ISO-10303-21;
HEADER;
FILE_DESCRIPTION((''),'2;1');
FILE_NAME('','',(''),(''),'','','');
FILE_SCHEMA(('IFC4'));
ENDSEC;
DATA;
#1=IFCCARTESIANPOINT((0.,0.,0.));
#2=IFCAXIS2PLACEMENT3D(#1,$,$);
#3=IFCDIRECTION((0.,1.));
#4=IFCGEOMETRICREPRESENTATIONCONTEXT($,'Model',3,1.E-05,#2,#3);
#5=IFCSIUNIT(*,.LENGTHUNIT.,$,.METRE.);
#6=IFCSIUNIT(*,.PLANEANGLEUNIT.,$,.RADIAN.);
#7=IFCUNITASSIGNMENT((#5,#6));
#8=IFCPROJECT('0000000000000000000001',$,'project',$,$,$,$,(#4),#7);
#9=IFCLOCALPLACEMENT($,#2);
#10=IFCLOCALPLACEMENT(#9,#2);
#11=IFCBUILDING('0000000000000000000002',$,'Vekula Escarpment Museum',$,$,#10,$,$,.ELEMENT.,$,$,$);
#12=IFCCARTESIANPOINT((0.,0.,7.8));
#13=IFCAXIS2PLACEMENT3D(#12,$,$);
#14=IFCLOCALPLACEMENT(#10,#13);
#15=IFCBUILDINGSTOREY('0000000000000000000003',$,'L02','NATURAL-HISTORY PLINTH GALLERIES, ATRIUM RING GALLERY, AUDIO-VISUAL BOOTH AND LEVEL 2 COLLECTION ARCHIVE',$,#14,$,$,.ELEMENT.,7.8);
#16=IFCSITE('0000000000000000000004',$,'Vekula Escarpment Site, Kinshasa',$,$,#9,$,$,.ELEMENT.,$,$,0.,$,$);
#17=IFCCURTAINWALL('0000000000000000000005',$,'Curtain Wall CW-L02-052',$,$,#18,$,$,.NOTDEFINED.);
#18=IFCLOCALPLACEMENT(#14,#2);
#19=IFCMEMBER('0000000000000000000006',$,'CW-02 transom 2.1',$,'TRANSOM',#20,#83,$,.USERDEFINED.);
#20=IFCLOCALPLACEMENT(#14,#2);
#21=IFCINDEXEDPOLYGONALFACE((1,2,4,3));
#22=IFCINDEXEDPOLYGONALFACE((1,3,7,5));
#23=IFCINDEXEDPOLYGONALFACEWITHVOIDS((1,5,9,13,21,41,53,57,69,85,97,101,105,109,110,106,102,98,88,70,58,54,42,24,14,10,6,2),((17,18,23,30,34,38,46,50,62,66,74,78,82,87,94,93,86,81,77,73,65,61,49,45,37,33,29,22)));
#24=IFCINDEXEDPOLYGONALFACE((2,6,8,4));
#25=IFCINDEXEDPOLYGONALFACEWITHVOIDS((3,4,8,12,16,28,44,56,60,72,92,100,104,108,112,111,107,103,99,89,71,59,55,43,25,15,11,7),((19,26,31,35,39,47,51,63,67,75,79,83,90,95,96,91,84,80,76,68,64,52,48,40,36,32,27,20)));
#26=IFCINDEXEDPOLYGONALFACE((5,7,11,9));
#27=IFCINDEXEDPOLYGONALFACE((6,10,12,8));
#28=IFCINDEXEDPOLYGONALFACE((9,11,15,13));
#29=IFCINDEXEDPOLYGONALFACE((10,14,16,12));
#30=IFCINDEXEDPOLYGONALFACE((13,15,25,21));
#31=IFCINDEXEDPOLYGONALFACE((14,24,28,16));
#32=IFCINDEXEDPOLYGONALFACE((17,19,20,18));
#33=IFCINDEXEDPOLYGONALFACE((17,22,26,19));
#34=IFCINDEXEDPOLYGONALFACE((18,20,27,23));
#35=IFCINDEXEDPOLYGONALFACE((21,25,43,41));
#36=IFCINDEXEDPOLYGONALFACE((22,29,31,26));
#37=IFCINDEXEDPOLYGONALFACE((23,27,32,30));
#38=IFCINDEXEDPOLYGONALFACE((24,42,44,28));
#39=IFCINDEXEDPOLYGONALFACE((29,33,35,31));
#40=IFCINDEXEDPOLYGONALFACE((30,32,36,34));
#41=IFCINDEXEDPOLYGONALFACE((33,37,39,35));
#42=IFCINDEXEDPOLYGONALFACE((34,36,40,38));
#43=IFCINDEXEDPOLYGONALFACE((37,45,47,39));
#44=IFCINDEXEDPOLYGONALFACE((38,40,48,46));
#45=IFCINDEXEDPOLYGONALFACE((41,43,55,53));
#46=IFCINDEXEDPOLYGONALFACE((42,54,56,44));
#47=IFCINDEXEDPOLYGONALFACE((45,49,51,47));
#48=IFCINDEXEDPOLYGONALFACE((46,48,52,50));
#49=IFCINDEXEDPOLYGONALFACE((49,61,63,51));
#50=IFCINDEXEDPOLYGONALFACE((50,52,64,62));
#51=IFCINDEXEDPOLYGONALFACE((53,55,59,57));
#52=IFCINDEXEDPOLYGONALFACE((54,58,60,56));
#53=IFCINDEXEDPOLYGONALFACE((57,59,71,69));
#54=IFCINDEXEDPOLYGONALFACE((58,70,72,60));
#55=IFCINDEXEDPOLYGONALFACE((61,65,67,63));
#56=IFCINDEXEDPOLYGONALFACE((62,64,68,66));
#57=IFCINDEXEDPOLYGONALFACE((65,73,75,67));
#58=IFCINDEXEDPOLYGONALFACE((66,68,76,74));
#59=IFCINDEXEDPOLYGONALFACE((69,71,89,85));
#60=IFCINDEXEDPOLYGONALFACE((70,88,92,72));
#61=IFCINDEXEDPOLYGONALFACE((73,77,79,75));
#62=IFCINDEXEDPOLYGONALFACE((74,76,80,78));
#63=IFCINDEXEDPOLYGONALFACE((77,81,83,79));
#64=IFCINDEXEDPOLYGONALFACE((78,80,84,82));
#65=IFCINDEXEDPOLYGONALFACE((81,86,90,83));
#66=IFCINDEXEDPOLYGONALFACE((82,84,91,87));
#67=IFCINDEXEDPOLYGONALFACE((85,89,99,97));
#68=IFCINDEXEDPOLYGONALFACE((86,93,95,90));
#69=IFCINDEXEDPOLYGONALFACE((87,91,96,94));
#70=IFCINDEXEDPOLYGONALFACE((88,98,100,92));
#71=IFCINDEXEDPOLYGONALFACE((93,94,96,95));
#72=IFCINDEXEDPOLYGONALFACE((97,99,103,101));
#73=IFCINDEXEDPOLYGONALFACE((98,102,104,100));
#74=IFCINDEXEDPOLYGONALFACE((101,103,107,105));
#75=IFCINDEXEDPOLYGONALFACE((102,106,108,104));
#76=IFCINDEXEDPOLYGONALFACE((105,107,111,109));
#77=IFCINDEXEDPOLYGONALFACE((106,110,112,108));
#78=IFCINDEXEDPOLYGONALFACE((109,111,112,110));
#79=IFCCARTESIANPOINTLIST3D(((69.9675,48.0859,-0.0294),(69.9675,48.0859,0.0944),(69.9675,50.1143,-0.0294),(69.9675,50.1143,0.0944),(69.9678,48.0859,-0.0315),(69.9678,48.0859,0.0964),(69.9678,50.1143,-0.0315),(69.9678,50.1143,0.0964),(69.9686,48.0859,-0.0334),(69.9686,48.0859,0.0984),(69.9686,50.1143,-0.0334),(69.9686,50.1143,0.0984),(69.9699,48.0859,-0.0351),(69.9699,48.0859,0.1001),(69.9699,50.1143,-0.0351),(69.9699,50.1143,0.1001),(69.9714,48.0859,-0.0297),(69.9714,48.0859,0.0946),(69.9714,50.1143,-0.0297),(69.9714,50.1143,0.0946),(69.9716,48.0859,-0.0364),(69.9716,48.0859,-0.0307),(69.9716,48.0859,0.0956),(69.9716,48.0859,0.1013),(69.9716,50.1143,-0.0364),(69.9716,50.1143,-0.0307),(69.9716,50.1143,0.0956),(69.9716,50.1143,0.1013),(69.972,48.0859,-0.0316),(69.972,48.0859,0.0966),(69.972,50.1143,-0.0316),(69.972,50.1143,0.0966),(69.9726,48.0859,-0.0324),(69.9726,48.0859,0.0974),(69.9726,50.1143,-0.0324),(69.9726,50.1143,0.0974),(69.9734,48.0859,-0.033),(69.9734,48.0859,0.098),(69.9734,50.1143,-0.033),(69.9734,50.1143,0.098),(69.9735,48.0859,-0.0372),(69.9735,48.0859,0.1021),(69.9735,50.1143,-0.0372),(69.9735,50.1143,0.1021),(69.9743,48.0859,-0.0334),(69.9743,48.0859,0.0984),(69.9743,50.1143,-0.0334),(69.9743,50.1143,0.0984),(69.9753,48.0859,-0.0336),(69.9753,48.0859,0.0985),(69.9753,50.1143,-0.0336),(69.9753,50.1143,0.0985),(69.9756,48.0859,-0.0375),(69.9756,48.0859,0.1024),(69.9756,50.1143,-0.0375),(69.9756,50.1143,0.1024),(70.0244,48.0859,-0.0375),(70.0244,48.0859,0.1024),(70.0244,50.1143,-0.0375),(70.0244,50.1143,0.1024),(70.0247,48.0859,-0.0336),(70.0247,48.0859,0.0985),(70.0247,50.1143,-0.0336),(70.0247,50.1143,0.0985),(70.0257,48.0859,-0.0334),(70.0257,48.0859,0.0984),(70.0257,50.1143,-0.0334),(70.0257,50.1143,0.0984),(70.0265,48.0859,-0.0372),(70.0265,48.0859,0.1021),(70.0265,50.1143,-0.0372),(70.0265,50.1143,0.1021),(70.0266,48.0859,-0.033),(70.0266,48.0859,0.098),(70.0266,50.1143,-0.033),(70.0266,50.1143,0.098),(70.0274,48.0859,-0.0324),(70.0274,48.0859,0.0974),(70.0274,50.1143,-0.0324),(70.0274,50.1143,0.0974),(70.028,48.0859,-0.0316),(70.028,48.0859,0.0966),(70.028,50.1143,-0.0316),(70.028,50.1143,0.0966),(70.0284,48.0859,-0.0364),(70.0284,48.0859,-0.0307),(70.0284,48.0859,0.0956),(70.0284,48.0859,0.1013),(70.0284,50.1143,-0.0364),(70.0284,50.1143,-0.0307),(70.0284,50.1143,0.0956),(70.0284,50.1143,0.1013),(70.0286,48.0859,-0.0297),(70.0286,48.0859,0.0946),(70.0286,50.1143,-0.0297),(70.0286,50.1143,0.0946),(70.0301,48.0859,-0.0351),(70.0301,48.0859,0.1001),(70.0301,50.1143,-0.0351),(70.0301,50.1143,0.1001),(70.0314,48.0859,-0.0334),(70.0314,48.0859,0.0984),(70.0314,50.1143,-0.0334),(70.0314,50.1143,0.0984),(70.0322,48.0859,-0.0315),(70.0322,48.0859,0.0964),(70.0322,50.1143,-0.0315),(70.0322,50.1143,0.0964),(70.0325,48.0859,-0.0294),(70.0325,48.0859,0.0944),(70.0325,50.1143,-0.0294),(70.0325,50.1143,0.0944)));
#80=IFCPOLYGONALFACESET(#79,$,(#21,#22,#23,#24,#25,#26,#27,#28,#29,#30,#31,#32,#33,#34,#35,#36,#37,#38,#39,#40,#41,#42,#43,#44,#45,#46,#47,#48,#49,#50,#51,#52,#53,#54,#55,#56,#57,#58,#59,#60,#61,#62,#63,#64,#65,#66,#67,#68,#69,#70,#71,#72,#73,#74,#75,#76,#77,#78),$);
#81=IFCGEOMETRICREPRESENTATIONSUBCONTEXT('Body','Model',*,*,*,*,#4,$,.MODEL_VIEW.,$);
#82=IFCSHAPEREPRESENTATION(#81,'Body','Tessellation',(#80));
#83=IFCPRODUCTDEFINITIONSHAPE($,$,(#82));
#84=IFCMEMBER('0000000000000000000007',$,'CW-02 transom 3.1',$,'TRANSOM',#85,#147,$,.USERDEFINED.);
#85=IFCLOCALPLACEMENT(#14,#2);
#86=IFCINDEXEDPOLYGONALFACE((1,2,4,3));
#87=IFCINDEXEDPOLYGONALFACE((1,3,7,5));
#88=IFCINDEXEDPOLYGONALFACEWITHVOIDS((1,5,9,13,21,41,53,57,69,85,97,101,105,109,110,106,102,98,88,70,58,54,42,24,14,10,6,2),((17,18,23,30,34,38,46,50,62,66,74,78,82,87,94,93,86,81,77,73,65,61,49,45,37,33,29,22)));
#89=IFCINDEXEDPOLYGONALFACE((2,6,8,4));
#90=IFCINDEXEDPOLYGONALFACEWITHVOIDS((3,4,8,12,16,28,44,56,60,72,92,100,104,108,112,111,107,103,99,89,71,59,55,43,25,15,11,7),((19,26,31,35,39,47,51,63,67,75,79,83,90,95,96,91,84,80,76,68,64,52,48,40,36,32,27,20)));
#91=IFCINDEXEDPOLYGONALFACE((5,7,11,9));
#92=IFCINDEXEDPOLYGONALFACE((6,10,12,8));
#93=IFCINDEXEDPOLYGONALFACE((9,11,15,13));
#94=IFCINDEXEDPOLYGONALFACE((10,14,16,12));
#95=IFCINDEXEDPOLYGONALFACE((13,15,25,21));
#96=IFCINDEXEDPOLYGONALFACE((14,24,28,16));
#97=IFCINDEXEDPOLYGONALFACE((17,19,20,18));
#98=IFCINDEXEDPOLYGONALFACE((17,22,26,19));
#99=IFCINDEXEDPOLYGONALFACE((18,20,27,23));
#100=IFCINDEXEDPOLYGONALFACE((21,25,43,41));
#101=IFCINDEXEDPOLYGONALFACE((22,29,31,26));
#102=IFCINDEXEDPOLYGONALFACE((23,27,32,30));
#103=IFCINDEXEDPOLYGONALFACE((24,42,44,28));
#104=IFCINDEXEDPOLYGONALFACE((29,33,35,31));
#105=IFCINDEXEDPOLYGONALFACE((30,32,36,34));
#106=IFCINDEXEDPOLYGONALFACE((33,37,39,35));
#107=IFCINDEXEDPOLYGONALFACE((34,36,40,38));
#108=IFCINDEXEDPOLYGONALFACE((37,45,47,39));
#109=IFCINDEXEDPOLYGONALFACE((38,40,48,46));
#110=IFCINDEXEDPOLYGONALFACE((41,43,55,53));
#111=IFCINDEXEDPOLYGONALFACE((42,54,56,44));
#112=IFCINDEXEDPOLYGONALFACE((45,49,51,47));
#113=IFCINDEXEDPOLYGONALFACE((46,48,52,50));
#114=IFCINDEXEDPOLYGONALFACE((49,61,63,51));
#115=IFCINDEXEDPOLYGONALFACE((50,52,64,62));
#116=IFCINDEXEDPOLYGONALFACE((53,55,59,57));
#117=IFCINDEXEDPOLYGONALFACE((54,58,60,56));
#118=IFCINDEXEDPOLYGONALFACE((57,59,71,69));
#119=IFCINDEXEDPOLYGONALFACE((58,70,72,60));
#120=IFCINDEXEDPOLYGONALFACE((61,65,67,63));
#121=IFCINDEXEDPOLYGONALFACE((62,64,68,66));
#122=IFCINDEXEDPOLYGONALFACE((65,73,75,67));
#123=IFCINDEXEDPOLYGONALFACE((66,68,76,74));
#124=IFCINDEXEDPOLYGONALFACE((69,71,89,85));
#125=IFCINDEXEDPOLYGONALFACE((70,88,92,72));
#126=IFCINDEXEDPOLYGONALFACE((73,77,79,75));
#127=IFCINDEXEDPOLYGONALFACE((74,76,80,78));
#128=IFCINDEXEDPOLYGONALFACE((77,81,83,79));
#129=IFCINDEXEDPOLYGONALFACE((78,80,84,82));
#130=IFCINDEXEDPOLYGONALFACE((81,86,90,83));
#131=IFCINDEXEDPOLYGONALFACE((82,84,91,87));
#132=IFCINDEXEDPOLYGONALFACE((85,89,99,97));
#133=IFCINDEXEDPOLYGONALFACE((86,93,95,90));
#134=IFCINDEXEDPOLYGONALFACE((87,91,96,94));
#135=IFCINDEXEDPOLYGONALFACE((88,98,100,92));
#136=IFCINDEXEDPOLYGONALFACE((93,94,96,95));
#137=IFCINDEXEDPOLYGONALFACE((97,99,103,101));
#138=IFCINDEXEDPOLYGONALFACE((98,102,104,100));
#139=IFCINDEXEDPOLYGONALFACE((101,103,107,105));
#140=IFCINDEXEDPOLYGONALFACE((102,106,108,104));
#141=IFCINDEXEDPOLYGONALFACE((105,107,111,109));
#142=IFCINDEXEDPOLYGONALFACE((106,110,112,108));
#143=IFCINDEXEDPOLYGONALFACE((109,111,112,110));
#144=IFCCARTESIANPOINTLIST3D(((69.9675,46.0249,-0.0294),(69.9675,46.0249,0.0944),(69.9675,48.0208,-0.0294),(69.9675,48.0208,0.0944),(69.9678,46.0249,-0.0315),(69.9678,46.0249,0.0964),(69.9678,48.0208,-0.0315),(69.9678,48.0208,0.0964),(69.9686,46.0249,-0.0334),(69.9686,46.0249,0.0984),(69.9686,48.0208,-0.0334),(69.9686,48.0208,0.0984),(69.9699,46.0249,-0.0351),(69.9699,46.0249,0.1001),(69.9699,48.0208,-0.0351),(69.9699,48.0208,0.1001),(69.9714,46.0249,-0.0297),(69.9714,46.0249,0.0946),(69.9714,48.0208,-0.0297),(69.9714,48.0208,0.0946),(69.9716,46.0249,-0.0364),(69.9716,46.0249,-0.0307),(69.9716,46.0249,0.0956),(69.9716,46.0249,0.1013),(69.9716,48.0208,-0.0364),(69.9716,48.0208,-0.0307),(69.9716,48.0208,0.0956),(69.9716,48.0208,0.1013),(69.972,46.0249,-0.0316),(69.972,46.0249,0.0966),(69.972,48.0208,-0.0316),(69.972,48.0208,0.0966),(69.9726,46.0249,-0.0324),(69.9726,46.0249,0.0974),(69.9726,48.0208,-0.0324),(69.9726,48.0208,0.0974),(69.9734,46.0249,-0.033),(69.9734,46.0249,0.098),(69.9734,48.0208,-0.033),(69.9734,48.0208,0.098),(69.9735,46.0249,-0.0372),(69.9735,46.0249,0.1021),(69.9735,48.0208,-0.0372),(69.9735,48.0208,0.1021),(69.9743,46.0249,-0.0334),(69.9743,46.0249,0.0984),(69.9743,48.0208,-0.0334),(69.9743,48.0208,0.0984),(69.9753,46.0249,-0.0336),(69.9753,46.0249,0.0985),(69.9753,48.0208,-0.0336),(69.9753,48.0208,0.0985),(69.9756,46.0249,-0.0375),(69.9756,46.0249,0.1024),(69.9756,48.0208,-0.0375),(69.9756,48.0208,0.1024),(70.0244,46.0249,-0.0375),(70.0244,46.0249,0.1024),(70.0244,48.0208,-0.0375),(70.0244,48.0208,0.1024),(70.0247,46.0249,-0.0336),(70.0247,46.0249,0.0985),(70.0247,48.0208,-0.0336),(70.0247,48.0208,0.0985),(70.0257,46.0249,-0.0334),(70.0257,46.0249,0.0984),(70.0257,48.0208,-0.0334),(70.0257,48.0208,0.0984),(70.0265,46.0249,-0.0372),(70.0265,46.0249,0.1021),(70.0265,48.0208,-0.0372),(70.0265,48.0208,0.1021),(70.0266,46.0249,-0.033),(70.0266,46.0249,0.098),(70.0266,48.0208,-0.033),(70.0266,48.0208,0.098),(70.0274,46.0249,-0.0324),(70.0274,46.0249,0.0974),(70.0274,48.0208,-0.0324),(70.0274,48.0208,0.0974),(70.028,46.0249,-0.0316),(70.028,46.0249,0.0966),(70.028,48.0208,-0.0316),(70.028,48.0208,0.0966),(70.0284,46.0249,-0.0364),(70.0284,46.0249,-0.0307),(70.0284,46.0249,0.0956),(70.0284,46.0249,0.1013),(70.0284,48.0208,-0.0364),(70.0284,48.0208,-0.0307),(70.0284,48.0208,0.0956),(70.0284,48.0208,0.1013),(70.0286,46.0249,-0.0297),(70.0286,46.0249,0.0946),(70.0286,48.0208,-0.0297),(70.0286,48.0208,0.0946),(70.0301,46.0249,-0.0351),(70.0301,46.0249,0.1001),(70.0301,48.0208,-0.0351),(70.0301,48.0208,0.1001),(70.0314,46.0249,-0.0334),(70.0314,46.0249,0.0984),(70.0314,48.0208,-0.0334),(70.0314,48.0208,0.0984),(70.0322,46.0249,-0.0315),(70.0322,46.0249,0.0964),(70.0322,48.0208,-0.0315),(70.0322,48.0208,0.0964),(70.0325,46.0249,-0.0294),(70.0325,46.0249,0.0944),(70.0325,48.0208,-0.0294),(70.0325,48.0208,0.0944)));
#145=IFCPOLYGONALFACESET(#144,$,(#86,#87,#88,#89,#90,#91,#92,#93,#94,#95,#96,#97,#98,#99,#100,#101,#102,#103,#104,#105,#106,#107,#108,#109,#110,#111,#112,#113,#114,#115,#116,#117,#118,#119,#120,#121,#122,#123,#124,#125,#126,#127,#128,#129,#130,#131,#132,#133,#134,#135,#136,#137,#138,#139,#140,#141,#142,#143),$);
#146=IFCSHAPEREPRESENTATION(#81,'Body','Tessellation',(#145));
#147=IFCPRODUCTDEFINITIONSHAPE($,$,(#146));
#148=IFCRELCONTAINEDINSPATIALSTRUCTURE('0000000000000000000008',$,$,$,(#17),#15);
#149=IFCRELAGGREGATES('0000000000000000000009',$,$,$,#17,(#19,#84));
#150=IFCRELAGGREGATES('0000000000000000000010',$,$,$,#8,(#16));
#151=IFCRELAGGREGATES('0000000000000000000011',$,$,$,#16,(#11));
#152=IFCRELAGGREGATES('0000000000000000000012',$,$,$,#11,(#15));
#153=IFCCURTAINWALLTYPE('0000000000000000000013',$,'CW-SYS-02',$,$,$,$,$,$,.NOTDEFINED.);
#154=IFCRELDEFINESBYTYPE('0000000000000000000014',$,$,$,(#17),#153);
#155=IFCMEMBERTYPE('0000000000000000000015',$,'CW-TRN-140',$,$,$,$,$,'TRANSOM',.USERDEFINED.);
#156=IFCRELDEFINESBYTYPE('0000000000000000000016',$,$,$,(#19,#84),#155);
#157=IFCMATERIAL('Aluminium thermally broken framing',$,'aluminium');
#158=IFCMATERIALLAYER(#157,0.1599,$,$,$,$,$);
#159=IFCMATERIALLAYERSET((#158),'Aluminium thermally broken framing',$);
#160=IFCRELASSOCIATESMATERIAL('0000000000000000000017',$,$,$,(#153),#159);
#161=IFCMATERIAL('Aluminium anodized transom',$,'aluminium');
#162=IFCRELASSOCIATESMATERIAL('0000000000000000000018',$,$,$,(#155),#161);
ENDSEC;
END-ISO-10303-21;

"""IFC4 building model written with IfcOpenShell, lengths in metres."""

from ifc_helpers import new_model, si_unit, direction, frame, origin, origin_2d, place, context, subcontext, project, spatial, hollow_rectangle, extrude, material, layer, layer_set, material_profile, profile_set, type_object, element, aggregate, save


model = new_model("IFC4")

# Units and contexts
model_context = context("Model", 3, precision=1e-05, world=origin(), true_north=direction((0.0, 1.0)))
body_context = subcontext(model_context, "Body", "Model", "MODEL_VIEW")
ifc_project = project(units=[si_unit("LENGTHUNIT", "METRE"), si_unit("PLANEANGLEUNIT", "RADIAN")], contexts=[model_context])

# Site, building, storey
site_placement = place(None, origin())
site = spatial("IfcSite", under=ifc_project, at=site_placement, Name="Vekula Escarpment Site, Kinshasa", CompositionType="ELEMENT", RefElevation=0.0)
building_placement = place(site_placement, origin())
building = spatial("IfcBuilding", under=site, at=building_placement, Name="Vekula Escarpment Museum", CompositionType="ELEMENT")
storey_placement = place(building_placement, frame((0.0, 0.0, 7.8)))
storey = spatial("IfcBuildingStorey", under=building, at=storey_placement, Name="L02", Description="NATURAL-HISTORY PLINTH GALLERIES, ATRIUM RING GALLERY, AUDIO-VISUAL BOOTH AND LEVEL 2 COLLECTION ARCHIVE", CompositionType="ELEMENT", Elevation=7.8)

# Curtain wall
ifc_material_1 = material(Name="Aluminium thermally broken framing", Category="aluminium")
ifc_layer_1 = layer(ifc_material_1, 0.1599)
ifc_layer_set_1 = layer_set([ifc_layer_1], Name="Aluminium thermally broken framing")
curtain_wall_type_1 = type_object("IfcCurtainWallType", Name="CW-SYS-02", PredefinedType="NOTDEFINED", material=ifc_layer_set_1)
curtain_wall_1_placement = place(storey_placement, origin())
curtain_wall_1 = element("IfcCurtainWall", 1, at=curtain_wall_1_placement, inside=storey, type_object=curtain_wall_type_1, Name="Curtain Wall CW-L02-052", PredefinedType="NOTDEFINED")

# Members
ifc_material_2 = material(Name="Aluminium anodized transom", Category="aluminium")
ifc_material_profile_1 = material_profile(ifc_material_2, hollow_rectangle(XDim=0.0649, YDim=0.1399, WallThickness=0.0039, InnerFilletRadius=0.0039, OuterFilletRadius=0.0081, at=origin_2d()), Name="ALU 140x65x4")
ifc_profile_set_1 = profile_set([ifc_material_profile_1], Name="Aluminium anodized transom")
member_type_1 = type_object("IfcMemberType", Name="CW-TRN-140", ElementType="TRANSOM", PredefinedType="USERDEFINED", material=ifc_profile_set_1)
member_1_placement = place(storey_placement, frame((70.0, 50.1143, 0.0325), z_axis=(0.0, -1.0, 0.0), x_axis=(1.0, 0.0, 0.0)))
member_1 = element("IfcMember", 2, at=member_1_placement, type_object=member_type_1, Name="CW-02 transom 2.1", ObjectType="TRANSOM", PredefinedType="USERDEFINED", context=body_context, shape_type="SweptSolid", body=[
    extrude(hollow_rectangle(XDim=0.0649, YDim=0.1399, WallThickness=0.0039, InnerFilletRadius=0.0039, OuterFilletRadius=0.0081, at=origin_2d()), origin(), (0.0, 0.0, 1.0), 2.0283),
])
member_2_placement = place(storey_placement, frame((70.0, 48.0208, 0.0325), z_axis=(0.0, -1.0, 0.0), x_axis=(1.0, 0.0, 0.0)))
member_2 = element("IfcMember", 3, at=member_2_placement, type_object=member_type_1, Name="CW-02 transom 3.1", ObjectType="TRANSOM", PredefinedType="USERDEFINED", context=body_context, shape_type="SweptSolid", body=[
    extrude(hollow_rectangle(XDim=0.0649, YDim=0.1399, WallThickness=0.0039, InnerFilletRadius=0.0039, OuterFilletRadius=0.0081, at=origin_2d()), origin(), (0.0, 0.0, 1.0), 1.9958),
])

aggregate(curtain_wall_1, [member_1, member_2])

save(model, "model.ifc")
